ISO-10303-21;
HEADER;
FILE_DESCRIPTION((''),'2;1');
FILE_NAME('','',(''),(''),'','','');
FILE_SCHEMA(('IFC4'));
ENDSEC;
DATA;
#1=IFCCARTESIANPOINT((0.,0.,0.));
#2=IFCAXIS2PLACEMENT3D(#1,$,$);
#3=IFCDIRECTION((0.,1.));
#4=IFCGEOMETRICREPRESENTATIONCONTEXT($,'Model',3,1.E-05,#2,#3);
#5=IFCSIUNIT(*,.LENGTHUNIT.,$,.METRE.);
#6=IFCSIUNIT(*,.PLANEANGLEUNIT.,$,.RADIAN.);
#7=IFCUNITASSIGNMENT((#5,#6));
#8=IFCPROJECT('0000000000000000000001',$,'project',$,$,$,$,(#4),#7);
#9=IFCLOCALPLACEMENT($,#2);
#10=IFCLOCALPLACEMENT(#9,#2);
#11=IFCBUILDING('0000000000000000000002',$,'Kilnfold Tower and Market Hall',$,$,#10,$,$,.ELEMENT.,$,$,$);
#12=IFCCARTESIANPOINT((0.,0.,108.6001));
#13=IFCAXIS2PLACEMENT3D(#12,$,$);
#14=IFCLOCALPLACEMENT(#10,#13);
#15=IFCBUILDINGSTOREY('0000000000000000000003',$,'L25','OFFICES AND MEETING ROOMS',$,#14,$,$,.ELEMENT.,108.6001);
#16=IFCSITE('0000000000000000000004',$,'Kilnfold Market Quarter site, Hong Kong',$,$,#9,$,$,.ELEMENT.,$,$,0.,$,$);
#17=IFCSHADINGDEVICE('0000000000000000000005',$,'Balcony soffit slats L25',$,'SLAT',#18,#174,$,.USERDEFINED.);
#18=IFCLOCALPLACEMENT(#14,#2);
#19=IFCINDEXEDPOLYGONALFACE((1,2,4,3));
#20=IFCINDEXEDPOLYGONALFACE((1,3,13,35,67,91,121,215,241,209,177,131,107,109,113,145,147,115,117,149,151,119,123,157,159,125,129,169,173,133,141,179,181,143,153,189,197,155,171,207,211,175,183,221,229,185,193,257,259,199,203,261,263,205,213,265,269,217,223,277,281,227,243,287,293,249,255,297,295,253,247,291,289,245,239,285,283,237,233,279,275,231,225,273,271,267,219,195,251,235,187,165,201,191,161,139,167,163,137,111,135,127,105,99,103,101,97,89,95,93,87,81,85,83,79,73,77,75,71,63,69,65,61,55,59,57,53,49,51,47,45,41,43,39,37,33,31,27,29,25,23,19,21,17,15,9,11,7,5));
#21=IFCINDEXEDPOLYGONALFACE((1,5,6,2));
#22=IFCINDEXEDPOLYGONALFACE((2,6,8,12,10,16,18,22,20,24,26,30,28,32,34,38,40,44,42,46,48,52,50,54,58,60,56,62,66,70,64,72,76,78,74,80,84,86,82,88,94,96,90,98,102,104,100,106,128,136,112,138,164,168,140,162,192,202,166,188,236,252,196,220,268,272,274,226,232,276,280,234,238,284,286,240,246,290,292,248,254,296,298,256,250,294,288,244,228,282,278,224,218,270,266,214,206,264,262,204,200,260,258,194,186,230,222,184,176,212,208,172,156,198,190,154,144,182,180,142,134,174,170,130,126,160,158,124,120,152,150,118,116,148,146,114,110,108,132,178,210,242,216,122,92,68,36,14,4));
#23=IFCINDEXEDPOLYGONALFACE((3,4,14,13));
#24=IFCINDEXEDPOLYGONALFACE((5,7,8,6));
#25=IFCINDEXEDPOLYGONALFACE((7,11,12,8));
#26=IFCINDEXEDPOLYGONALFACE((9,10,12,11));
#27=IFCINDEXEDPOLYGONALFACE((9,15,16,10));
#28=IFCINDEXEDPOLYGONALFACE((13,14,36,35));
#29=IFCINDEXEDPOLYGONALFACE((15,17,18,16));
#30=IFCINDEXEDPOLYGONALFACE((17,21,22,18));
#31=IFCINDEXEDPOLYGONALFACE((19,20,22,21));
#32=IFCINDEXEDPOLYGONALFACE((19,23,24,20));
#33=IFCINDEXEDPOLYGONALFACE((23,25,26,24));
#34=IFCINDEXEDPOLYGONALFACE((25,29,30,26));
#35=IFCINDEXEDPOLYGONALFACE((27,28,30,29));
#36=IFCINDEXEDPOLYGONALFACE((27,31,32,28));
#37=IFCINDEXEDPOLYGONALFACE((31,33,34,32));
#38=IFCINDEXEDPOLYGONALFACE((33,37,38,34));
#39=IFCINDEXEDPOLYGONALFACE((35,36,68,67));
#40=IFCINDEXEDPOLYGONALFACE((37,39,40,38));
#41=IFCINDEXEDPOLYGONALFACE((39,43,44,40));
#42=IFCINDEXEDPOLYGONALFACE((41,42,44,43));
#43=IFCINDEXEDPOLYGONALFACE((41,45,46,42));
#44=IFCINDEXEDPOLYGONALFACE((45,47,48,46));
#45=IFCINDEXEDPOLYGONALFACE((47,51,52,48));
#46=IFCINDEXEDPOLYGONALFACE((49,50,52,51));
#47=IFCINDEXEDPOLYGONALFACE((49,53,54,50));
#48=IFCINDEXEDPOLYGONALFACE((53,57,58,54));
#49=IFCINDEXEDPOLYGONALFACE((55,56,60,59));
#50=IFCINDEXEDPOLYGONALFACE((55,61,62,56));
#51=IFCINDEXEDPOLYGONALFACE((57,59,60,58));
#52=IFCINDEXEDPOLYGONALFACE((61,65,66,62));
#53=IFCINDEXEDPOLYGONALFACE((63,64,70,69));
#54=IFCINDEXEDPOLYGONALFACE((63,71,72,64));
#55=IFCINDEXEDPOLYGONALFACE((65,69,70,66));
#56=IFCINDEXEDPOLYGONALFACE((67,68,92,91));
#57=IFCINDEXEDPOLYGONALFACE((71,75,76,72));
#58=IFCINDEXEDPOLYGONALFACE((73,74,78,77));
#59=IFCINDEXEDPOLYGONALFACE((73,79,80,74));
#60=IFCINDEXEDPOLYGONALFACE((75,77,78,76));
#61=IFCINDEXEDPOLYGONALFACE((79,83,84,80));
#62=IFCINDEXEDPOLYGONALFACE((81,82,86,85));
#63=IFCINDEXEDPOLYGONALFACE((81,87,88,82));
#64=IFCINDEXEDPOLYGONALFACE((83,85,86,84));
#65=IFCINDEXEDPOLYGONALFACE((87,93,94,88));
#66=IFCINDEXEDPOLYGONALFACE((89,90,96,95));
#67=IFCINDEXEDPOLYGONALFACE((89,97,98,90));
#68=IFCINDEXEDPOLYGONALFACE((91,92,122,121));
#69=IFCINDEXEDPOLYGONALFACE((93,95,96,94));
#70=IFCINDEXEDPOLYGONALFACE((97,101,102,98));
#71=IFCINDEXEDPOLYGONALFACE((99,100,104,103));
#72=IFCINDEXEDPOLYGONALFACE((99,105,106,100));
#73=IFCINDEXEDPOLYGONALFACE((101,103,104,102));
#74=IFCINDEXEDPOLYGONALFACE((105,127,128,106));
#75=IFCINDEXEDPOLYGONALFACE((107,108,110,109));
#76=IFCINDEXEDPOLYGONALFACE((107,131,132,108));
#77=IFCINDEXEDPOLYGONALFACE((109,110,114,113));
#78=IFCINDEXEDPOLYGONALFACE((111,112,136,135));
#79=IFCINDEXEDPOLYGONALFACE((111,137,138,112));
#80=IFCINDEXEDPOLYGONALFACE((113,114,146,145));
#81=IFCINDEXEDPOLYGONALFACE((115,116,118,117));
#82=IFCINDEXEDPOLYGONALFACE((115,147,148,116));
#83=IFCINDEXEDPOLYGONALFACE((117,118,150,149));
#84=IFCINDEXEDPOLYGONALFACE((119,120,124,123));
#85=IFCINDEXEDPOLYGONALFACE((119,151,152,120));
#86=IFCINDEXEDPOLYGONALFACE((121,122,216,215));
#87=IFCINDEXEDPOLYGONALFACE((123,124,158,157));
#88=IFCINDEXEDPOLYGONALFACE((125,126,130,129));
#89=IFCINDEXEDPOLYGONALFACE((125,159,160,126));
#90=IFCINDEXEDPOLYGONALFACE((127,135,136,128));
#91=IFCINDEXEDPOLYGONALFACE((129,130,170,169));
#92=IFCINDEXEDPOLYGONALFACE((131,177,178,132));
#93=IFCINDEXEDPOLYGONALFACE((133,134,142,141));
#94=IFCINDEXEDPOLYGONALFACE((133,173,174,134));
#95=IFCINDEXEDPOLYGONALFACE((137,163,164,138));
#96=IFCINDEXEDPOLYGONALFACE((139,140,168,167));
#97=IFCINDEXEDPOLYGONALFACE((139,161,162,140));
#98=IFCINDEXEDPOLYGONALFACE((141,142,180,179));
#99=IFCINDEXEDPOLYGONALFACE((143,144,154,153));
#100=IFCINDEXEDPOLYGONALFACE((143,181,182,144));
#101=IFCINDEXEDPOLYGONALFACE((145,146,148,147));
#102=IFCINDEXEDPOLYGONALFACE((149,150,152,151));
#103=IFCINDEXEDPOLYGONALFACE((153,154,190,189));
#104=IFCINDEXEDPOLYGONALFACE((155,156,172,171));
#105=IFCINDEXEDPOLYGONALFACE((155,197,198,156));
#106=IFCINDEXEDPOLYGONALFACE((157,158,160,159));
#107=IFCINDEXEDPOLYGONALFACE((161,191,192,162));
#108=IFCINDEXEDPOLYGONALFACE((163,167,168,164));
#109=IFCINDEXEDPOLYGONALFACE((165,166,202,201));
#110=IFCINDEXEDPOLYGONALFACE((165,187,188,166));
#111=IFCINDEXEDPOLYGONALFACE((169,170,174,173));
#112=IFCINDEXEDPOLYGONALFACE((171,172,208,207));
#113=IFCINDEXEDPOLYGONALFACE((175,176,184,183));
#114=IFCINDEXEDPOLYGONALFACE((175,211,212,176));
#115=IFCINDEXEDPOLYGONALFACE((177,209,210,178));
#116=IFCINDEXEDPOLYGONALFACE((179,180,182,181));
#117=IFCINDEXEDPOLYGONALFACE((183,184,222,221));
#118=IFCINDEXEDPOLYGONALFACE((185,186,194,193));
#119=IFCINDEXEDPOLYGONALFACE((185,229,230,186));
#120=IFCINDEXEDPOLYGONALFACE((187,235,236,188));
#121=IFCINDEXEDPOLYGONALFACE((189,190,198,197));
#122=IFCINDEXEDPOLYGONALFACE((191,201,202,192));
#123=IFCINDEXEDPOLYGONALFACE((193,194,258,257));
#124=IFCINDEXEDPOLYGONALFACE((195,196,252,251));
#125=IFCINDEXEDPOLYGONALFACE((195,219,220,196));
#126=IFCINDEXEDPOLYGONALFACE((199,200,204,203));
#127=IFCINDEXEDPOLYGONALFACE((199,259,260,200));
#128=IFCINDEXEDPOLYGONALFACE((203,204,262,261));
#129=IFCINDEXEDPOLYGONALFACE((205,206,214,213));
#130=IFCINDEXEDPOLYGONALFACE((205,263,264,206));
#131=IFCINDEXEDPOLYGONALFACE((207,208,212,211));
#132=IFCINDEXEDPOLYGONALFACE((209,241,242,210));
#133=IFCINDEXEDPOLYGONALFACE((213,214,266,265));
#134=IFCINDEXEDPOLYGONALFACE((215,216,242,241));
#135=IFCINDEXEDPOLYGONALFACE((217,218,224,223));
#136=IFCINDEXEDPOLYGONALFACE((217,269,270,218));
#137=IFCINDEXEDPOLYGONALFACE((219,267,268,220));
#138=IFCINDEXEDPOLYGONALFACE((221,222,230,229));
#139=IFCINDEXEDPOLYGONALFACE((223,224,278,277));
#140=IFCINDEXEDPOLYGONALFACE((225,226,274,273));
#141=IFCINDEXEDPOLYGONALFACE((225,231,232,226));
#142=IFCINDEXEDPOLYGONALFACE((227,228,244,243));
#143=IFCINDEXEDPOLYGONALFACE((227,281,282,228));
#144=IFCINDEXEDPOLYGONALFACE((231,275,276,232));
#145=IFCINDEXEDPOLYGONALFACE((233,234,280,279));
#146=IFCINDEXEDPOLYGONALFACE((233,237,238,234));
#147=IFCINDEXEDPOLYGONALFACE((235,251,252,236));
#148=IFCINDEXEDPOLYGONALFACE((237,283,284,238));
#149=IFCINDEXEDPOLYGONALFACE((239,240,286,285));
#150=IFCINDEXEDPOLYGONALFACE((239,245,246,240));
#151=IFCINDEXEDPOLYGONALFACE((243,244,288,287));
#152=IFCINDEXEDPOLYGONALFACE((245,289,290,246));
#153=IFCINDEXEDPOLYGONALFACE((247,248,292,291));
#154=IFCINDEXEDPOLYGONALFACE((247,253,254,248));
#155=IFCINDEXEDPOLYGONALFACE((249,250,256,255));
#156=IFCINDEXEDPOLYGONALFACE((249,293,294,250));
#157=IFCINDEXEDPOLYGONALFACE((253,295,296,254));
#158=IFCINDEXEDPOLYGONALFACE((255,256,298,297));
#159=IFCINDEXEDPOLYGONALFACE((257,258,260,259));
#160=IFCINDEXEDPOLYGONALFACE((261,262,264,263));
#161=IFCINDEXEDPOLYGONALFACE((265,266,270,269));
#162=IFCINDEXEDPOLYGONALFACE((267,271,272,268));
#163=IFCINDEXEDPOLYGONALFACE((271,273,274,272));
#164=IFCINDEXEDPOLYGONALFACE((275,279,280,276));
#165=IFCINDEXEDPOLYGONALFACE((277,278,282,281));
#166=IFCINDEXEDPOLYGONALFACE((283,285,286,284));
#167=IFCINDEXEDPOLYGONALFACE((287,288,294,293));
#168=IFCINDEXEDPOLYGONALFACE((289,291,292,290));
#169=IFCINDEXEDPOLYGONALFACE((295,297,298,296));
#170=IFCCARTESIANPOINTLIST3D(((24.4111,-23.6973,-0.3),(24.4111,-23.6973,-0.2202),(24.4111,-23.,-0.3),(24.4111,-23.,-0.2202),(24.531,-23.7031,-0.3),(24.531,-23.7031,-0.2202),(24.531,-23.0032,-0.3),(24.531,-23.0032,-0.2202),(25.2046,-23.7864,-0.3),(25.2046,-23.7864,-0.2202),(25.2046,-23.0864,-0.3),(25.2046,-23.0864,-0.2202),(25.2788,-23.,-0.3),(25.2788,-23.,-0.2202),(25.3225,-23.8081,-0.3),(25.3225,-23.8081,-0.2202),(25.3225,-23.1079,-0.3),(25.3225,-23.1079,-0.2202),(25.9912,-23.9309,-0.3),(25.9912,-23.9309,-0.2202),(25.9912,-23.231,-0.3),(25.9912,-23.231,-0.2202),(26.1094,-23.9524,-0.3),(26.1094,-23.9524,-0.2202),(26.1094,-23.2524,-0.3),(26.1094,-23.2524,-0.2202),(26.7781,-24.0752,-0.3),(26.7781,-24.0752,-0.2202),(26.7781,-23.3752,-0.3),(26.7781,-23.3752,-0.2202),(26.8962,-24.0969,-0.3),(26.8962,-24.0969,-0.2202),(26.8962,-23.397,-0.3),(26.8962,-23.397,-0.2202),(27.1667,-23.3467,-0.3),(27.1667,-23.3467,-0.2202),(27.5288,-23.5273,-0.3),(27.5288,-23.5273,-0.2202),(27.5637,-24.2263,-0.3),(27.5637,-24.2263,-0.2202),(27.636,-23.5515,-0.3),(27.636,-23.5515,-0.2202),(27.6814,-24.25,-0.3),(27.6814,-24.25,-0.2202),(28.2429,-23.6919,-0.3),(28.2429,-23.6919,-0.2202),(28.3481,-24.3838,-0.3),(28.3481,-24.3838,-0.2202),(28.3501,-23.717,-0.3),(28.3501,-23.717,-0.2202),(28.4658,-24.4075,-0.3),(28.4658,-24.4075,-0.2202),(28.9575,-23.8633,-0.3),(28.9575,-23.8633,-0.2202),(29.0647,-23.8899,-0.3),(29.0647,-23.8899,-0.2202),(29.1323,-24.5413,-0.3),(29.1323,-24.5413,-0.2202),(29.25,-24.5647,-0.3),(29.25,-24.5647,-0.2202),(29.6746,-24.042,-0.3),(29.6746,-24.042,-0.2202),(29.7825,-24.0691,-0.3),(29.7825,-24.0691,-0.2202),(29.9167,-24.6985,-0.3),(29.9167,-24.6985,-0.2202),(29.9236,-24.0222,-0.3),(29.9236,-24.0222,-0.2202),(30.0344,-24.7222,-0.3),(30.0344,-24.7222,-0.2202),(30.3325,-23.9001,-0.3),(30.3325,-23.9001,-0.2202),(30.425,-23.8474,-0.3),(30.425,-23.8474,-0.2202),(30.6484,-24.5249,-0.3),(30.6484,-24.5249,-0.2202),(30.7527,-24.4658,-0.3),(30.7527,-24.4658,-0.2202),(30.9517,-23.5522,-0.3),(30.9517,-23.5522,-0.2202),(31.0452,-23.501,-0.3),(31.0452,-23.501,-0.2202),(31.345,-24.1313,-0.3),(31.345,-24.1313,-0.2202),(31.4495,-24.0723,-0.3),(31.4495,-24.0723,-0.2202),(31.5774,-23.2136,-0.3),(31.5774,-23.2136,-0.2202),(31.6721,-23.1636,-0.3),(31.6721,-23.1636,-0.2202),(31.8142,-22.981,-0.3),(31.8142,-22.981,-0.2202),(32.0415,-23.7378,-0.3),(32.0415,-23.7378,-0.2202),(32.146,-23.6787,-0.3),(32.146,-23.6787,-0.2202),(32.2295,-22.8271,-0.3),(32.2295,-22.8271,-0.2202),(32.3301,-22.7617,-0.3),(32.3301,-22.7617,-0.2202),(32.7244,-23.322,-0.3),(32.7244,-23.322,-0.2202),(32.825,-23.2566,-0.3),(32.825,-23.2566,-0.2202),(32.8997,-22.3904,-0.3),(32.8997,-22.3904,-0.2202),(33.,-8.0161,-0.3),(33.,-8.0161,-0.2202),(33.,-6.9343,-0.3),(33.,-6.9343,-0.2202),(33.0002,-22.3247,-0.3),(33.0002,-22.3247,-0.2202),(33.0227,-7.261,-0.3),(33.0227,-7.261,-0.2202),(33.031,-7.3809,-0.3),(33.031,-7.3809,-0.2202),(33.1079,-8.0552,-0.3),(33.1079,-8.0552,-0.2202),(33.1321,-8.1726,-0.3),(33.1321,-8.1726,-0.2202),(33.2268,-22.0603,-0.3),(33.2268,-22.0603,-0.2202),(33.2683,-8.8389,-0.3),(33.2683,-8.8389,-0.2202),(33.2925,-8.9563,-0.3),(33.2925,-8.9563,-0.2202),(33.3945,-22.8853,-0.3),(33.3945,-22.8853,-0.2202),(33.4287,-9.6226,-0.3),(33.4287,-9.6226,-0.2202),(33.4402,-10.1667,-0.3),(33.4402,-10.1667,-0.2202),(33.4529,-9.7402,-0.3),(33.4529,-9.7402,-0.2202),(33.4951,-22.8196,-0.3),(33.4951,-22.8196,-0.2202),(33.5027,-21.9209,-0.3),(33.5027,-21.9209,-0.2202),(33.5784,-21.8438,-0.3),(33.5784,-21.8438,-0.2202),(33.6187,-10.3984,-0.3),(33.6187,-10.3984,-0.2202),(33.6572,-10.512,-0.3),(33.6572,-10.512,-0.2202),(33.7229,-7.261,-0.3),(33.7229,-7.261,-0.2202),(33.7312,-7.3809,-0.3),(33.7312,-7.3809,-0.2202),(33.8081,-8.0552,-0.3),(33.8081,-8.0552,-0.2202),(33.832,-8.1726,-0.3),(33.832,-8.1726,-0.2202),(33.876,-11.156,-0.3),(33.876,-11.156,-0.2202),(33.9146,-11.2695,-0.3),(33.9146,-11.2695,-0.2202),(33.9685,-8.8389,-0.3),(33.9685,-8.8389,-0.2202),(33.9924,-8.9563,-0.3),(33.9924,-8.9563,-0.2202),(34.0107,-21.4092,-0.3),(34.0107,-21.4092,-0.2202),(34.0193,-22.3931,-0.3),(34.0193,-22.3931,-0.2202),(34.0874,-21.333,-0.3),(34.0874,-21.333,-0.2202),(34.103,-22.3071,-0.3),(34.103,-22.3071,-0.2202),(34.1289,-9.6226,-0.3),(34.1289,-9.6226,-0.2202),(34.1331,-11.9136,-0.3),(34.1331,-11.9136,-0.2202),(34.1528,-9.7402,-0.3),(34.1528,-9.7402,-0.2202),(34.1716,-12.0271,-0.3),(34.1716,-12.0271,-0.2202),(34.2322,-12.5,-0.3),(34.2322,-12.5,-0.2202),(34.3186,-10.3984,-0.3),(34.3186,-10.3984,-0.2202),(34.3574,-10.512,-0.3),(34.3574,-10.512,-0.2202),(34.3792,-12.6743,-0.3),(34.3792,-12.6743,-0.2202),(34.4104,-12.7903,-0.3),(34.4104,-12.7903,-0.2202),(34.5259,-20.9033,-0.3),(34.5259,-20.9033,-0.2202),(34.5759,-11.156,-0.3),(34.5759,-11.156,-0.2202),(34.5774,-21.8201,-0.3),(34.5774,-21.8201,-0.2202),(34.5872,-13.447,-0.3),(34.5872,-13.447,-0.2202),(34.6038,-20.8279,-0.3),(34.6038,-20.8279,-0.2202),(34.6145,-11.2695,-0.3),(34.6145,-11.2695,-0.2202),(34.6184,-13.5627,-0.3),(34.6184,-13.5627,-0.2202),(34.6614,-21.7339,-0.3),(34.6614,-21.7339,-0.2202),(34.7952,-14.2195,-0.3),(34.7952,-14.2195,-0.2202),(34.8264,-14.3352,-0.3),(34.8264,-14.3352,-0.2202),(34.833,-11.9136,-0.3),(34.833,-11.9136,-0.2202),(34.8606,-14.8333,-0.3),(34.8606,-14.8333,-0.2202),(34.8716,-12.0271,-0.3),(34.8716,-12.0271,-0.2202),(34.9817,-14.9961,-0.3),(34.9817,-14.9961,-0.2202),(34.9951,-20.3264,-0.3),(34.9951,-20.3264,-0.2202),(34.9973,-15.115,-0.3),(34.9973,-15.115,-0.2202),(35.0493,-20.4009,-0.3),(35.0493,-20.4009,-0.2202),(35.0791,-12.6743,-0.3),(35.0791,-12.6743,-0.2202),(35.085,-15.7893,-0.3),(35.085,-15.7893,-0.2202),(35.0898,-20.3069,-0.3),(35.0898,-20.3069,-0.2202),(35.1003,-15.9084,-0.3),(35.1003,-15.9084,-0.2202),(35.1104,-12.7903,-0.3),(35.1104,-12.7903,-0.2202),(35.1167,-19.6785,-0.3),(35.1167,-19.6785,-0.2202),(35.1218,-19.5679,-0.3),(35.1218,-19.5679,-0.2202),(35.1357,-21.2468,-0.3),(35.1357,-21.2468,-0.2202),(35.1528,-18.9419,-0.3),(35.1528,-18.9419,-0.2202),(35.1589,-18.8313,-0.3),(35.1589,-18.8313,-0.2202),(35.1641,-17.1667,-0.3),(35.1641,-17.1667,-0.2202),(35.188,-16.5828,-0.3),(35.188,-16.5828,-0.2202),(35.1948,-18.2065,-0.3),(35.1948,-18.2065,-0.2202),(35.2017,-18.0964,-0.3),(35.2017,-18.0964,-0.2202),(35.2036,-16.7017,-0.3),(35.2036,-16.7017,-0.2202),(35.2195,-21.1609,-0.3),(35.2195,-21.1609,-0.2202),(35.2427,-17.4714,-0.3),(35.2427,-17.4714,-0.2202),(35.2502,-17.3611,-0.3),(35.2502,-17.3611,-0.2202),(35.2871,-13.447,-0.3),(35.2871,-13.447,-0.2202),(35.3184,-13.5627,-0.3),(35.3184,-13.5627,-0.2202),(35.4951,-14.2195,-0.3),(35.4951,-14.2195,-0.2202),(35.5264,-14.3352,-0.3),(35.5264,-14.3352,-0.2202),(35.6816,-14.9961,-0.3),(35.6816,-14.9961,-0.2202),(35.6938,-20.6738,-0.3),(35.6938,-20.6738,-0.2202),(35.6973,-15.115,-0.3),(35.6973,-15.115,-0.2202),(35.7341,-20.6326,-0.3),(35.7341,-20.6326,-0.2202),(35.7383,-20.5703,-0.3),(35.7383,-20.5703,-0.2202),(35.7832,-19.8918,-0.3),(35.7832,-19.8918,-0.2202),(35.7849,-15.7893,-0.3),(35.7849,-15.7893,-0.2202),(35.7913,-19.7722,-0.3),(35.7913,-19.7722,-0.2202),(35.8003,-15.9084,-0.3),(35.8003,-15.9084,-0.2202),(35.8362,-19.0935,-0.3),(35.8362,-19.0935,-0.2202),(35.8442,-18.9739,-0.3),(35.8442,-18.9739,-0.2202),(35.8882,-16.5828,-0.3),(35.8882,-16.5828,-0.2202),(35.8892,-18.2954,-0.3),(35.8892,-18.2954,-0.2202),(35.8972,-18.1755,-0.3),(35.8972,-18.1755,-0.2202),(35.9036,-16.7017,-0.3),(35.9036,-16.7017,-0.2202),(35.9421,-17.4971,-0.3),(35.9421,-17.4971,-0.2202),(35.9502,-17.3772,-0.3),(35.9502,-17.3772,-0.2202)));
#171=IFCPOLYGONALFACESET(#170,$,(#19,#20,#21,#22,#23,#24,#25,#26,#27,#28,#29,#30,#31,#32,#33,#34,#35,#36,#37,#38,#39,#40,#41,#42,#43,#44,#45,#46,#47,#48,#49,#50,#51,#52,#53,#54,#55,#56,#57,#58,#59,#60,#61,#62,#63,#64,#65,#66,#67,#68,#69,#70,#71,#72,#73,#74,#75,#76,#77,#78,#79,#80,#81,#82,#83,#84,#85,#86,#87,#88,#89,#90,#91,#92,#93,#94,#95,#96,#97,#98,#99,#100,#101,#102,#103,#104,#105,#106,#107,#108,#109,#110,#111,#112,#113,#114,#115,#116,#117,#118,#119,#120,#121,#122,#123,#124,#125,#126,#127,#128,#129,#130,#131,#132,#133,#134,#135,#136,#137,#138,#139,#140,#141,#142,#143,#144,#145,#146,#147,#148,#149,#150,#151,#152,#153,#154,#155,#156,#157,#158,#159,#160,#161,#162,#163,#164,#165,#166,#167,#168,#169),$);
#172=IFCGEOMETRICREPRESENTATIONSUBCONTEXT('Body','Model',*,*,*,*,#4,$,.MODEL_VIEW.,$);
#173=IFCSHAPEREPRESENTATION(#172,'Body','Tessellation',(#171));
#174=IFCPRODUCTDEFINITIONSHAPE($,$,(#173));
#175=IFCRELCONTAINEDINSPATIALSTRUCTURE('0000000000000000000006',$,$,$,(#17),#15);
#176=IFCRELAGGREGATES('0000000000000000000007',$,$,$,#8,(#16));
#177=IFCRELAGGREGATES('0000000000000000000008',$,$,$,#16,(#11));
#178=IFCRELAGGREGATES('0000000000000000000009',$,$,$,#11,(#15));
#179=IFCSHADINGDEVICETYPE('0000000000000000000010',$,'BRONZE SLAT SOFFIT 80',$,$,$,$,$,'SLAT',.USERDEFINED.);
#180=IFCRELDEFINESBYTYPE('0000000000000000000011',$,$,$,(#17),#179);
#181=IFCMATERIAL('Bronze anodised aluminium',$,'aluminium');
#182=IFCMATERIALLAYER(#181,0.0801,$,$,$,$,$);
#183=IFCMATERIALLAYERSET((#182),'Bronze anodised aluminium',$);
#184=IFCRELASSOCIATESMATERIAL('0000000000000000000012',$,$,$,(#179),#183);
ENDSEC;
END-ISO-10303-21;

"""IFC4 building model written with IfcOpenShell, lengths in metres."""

from ifc_helpers import new_model, si_unit, direction, frame, origin, place, context, subcontext, project, spatial, polyline, outline, extrude, source, transform, mapped, material, layer, layer_set, type_object, element, save


model = new_model("IFC4")

# Units and contexts
model_context = context("Model", 3, precision=1e-05, world=origin(), true_north=direction((0.0, 1.0)))
body_context = subcontext(model_context, "Body", "Model", "MODEL_VIEW")
ifc_project = project(units=[si_unit("LENGTHUNIT", "METRE"), si_unit("PLANEANGLEUNIT", "RADIAN")], contexts=[model_context])

# Site, building, storey
site_placement = place(None, origin())
site = spatial("IfcSite", under=ifc_project, at=site_placement, Name="Kilnfold Market Quarter site, Hong Kong", CompositionType="ELEMENT", RefElevation=0.0)
building_placement = place(site_placement, origin())
building = spatial("IfcBuilding", under=site, at=building_placement, Name="Kilnfold Tower and Market Hall", CompositionType="ELEMENT")
storey_placement = place(building_placement, frame((0.0, 0.0, 108.6001)))
storey = spatial("IfcBuildingStorey", under=building, at=storey_placement, Name="L25", Description="OFFICES AND MEETING ROOMS", CompositionType="ELEMENT", Elevation=108.6001)

# Shading device
ifc_material_1 = material(Name="Bronze anodised aluminium", Category="aluminium")
ifc_layer_1 = layer(ifc_material_1, 0.0801)
ifc_layer_set_1 = layer_set([ifc_layer_1], Name="Bronze anodised aluminium")
shading_device_type_1 = type_object("IfcShadingDeviceType", Name="BRONZE SLAT SOFFIT 80", ElementType="SLAT", PredefinedType="USERDEFINED", material=ifc_layer_set_1)
shared_shape_1 = source(origin(), body_context, "Body", "SweptSolid", [
    extrude(outline(polyline([(27.1667, -23.3467), (29.9236, -24.0222), (31.8142, -22.981), (33.2268, -22.0603), (34.9951, -20.3264), (35.1641, -17.1667), (34.8606, -14.8333), (34.2322, -12.5), (33.4402, -10.1667), (33.0, -8.0161), (33.0, -6.9343), (33.0227, -7.261), (33.7229, -7.261), (33.7312, -7.3809), (33.031, -7.3809), (33.1079, -8.0552), (33.8081, -8.0552), (33.832, -8.1726), (33.1321, -8.1726), (33.2683, -8.8389), (33.9685, -8.8389), (33.9924, -8.9563), (33.2925, -8.9563), (33.4287, -9.6226), (34.1289, -9.6226), (34.1528, -9.7402), (33.4529, -9.7402), (33.6187, -10.3984), (34.3186, -10.3984), (34.3574, -10.512), (33.6572, -10.512), (33.876, -11.156), (34.5759, -11.156), (34.6145, -11.2695), (33.9146, -11.2695), (34.1331, -11.9136), (34.833, -11.9136), (34.8716, -12.0271), (34.1716, -12.0271), (34.3792, -12.6743), (35.0791, -12.6743), (35.1104, -12.7903), (34.4104, -12.7903), (34.5872, -13.447), (35.2871, -13.447), (35.3184, -13.5627), (34.6184, -13.5627), (34.7952, -14.2195), (35.4951, -14.2195), (35.5264, -14.3352), (34.8264, -14.3352), (34.9817, -14.9961), (35.6816, -14.9961), (35.6973, -15.115), (34.9973, -15.115), (35.085, -15.7893), (35.7849, -15.7893), (35.8003, -15.9084), (35.1003, -15.9084), (35.188, -16.5828), (35.8882, -16.5828), (35.9036, -16.7017), (35.2036, -16.7017), (35.2502, -17.3611), (35.9502, -17.3772), (35.9421, -17.4971), (35.2427, -17.4714), (35.2017, -18.0964), (35.8972, -18.1755), (35.8892, -18.2954), (35.1948, -18.2065), (35.1589, -18.8313), (35.8442, -18.9739), (35.8362, -19.0935), (35.1528, -18.9419), (35.1218, -19.5679), (35.7913, -19.7722), (35.7832, -19.8918), (35.1167, -19.6785), (35.0898, -20.3069), (35.7383, -20.5703), (35.7341, -20.6326), (35.6938, -20.6738), (35.0493, -20.4009), (34.6038, -20.8279), (35.2195, -21.1609), (35.1357, -21.2468), (34.5259, -20.9033), (34.0874, -21.333), (34.6614, -21.7339), (34.5774, -21.8201), (34.0107, -21.4092), (33.5784, -21.8438), (34.103, -22.3071), (34.0193, -22.3931), (33.5027, -21.9209), (33.0002, -22.3247), (33.4951, -22.8196), (33.3945, -22.8853), (32.8997, -22.3904), (32.3301, -22.7617), (32.825, -23.2566), (32.7244, -23.322), (32.2295, -22.8271), (31.6721, -23.1636), (32.146, -23.6787), (32.0415, -23.7378), (31.5774, -23.2136), (31.0452, -23.501), (31.4495, -24.0723), (31.345, -24.1313), (30.9517, -23.5522), (30.425, -23.8474), (30.7527, -24.4658), (30.6484, -24.5249), (30.3325, -23.9001), (29.7825, -24.0691), (30.0344, -24.7222), (29.9167, -24.6985), (29.6746, -24.042), (29.0647, -23.8899), (29.25, -24.5647), (29.1323, -24.5413), (28.9575, -23.8633), (28.3501, -23.717), (28.4658, -24.4075), (28.3481, -24.3838), (28.2429, -23.6919), (27.636, -23.5515), (27.6814, -24.25), (27.5637, -24.2263), (27.5288, -23.5273), (26.8962, -23.397), (26.8962, -24.0969), (26.7781, -24.0752), (26.7781, -23.3752), (26.1094, -23.2524), (26.1094, -23.9524), (25.9912, -23.9309), (25.9912, -23.231), (25.3225, -23.1079), (25.3225, -23.8081), (25.2046, -23.7864), (25.2046, -23.0864), (24.531, -23.0032), (24.531, -23.7031), (24.4111, -23.6973), (24.4111, -23.0), (25.2788, -23.0), (27.1667, -23.3467)])), origin(), (0.0, 0.0, 1.0), 0.0798),
])
shading_device_1_placement = place(storey_placement, frame((0.0, 0.0, -0.3)))
element("IfcShadingDevice", 1, at=shading_device_1_placement, inside=storey, type_object=shading_device_type_1, Name="Balcony soffit slats L25", ObjectType="SLAT", PredefinedType="USERDEFINED", context=body_context, shape_type="MappedRepresentation", body=[
    mapped(shared_shape_1, transform((0.0, 0.0, 0.0))),
])

save(model, "model.ifc")
